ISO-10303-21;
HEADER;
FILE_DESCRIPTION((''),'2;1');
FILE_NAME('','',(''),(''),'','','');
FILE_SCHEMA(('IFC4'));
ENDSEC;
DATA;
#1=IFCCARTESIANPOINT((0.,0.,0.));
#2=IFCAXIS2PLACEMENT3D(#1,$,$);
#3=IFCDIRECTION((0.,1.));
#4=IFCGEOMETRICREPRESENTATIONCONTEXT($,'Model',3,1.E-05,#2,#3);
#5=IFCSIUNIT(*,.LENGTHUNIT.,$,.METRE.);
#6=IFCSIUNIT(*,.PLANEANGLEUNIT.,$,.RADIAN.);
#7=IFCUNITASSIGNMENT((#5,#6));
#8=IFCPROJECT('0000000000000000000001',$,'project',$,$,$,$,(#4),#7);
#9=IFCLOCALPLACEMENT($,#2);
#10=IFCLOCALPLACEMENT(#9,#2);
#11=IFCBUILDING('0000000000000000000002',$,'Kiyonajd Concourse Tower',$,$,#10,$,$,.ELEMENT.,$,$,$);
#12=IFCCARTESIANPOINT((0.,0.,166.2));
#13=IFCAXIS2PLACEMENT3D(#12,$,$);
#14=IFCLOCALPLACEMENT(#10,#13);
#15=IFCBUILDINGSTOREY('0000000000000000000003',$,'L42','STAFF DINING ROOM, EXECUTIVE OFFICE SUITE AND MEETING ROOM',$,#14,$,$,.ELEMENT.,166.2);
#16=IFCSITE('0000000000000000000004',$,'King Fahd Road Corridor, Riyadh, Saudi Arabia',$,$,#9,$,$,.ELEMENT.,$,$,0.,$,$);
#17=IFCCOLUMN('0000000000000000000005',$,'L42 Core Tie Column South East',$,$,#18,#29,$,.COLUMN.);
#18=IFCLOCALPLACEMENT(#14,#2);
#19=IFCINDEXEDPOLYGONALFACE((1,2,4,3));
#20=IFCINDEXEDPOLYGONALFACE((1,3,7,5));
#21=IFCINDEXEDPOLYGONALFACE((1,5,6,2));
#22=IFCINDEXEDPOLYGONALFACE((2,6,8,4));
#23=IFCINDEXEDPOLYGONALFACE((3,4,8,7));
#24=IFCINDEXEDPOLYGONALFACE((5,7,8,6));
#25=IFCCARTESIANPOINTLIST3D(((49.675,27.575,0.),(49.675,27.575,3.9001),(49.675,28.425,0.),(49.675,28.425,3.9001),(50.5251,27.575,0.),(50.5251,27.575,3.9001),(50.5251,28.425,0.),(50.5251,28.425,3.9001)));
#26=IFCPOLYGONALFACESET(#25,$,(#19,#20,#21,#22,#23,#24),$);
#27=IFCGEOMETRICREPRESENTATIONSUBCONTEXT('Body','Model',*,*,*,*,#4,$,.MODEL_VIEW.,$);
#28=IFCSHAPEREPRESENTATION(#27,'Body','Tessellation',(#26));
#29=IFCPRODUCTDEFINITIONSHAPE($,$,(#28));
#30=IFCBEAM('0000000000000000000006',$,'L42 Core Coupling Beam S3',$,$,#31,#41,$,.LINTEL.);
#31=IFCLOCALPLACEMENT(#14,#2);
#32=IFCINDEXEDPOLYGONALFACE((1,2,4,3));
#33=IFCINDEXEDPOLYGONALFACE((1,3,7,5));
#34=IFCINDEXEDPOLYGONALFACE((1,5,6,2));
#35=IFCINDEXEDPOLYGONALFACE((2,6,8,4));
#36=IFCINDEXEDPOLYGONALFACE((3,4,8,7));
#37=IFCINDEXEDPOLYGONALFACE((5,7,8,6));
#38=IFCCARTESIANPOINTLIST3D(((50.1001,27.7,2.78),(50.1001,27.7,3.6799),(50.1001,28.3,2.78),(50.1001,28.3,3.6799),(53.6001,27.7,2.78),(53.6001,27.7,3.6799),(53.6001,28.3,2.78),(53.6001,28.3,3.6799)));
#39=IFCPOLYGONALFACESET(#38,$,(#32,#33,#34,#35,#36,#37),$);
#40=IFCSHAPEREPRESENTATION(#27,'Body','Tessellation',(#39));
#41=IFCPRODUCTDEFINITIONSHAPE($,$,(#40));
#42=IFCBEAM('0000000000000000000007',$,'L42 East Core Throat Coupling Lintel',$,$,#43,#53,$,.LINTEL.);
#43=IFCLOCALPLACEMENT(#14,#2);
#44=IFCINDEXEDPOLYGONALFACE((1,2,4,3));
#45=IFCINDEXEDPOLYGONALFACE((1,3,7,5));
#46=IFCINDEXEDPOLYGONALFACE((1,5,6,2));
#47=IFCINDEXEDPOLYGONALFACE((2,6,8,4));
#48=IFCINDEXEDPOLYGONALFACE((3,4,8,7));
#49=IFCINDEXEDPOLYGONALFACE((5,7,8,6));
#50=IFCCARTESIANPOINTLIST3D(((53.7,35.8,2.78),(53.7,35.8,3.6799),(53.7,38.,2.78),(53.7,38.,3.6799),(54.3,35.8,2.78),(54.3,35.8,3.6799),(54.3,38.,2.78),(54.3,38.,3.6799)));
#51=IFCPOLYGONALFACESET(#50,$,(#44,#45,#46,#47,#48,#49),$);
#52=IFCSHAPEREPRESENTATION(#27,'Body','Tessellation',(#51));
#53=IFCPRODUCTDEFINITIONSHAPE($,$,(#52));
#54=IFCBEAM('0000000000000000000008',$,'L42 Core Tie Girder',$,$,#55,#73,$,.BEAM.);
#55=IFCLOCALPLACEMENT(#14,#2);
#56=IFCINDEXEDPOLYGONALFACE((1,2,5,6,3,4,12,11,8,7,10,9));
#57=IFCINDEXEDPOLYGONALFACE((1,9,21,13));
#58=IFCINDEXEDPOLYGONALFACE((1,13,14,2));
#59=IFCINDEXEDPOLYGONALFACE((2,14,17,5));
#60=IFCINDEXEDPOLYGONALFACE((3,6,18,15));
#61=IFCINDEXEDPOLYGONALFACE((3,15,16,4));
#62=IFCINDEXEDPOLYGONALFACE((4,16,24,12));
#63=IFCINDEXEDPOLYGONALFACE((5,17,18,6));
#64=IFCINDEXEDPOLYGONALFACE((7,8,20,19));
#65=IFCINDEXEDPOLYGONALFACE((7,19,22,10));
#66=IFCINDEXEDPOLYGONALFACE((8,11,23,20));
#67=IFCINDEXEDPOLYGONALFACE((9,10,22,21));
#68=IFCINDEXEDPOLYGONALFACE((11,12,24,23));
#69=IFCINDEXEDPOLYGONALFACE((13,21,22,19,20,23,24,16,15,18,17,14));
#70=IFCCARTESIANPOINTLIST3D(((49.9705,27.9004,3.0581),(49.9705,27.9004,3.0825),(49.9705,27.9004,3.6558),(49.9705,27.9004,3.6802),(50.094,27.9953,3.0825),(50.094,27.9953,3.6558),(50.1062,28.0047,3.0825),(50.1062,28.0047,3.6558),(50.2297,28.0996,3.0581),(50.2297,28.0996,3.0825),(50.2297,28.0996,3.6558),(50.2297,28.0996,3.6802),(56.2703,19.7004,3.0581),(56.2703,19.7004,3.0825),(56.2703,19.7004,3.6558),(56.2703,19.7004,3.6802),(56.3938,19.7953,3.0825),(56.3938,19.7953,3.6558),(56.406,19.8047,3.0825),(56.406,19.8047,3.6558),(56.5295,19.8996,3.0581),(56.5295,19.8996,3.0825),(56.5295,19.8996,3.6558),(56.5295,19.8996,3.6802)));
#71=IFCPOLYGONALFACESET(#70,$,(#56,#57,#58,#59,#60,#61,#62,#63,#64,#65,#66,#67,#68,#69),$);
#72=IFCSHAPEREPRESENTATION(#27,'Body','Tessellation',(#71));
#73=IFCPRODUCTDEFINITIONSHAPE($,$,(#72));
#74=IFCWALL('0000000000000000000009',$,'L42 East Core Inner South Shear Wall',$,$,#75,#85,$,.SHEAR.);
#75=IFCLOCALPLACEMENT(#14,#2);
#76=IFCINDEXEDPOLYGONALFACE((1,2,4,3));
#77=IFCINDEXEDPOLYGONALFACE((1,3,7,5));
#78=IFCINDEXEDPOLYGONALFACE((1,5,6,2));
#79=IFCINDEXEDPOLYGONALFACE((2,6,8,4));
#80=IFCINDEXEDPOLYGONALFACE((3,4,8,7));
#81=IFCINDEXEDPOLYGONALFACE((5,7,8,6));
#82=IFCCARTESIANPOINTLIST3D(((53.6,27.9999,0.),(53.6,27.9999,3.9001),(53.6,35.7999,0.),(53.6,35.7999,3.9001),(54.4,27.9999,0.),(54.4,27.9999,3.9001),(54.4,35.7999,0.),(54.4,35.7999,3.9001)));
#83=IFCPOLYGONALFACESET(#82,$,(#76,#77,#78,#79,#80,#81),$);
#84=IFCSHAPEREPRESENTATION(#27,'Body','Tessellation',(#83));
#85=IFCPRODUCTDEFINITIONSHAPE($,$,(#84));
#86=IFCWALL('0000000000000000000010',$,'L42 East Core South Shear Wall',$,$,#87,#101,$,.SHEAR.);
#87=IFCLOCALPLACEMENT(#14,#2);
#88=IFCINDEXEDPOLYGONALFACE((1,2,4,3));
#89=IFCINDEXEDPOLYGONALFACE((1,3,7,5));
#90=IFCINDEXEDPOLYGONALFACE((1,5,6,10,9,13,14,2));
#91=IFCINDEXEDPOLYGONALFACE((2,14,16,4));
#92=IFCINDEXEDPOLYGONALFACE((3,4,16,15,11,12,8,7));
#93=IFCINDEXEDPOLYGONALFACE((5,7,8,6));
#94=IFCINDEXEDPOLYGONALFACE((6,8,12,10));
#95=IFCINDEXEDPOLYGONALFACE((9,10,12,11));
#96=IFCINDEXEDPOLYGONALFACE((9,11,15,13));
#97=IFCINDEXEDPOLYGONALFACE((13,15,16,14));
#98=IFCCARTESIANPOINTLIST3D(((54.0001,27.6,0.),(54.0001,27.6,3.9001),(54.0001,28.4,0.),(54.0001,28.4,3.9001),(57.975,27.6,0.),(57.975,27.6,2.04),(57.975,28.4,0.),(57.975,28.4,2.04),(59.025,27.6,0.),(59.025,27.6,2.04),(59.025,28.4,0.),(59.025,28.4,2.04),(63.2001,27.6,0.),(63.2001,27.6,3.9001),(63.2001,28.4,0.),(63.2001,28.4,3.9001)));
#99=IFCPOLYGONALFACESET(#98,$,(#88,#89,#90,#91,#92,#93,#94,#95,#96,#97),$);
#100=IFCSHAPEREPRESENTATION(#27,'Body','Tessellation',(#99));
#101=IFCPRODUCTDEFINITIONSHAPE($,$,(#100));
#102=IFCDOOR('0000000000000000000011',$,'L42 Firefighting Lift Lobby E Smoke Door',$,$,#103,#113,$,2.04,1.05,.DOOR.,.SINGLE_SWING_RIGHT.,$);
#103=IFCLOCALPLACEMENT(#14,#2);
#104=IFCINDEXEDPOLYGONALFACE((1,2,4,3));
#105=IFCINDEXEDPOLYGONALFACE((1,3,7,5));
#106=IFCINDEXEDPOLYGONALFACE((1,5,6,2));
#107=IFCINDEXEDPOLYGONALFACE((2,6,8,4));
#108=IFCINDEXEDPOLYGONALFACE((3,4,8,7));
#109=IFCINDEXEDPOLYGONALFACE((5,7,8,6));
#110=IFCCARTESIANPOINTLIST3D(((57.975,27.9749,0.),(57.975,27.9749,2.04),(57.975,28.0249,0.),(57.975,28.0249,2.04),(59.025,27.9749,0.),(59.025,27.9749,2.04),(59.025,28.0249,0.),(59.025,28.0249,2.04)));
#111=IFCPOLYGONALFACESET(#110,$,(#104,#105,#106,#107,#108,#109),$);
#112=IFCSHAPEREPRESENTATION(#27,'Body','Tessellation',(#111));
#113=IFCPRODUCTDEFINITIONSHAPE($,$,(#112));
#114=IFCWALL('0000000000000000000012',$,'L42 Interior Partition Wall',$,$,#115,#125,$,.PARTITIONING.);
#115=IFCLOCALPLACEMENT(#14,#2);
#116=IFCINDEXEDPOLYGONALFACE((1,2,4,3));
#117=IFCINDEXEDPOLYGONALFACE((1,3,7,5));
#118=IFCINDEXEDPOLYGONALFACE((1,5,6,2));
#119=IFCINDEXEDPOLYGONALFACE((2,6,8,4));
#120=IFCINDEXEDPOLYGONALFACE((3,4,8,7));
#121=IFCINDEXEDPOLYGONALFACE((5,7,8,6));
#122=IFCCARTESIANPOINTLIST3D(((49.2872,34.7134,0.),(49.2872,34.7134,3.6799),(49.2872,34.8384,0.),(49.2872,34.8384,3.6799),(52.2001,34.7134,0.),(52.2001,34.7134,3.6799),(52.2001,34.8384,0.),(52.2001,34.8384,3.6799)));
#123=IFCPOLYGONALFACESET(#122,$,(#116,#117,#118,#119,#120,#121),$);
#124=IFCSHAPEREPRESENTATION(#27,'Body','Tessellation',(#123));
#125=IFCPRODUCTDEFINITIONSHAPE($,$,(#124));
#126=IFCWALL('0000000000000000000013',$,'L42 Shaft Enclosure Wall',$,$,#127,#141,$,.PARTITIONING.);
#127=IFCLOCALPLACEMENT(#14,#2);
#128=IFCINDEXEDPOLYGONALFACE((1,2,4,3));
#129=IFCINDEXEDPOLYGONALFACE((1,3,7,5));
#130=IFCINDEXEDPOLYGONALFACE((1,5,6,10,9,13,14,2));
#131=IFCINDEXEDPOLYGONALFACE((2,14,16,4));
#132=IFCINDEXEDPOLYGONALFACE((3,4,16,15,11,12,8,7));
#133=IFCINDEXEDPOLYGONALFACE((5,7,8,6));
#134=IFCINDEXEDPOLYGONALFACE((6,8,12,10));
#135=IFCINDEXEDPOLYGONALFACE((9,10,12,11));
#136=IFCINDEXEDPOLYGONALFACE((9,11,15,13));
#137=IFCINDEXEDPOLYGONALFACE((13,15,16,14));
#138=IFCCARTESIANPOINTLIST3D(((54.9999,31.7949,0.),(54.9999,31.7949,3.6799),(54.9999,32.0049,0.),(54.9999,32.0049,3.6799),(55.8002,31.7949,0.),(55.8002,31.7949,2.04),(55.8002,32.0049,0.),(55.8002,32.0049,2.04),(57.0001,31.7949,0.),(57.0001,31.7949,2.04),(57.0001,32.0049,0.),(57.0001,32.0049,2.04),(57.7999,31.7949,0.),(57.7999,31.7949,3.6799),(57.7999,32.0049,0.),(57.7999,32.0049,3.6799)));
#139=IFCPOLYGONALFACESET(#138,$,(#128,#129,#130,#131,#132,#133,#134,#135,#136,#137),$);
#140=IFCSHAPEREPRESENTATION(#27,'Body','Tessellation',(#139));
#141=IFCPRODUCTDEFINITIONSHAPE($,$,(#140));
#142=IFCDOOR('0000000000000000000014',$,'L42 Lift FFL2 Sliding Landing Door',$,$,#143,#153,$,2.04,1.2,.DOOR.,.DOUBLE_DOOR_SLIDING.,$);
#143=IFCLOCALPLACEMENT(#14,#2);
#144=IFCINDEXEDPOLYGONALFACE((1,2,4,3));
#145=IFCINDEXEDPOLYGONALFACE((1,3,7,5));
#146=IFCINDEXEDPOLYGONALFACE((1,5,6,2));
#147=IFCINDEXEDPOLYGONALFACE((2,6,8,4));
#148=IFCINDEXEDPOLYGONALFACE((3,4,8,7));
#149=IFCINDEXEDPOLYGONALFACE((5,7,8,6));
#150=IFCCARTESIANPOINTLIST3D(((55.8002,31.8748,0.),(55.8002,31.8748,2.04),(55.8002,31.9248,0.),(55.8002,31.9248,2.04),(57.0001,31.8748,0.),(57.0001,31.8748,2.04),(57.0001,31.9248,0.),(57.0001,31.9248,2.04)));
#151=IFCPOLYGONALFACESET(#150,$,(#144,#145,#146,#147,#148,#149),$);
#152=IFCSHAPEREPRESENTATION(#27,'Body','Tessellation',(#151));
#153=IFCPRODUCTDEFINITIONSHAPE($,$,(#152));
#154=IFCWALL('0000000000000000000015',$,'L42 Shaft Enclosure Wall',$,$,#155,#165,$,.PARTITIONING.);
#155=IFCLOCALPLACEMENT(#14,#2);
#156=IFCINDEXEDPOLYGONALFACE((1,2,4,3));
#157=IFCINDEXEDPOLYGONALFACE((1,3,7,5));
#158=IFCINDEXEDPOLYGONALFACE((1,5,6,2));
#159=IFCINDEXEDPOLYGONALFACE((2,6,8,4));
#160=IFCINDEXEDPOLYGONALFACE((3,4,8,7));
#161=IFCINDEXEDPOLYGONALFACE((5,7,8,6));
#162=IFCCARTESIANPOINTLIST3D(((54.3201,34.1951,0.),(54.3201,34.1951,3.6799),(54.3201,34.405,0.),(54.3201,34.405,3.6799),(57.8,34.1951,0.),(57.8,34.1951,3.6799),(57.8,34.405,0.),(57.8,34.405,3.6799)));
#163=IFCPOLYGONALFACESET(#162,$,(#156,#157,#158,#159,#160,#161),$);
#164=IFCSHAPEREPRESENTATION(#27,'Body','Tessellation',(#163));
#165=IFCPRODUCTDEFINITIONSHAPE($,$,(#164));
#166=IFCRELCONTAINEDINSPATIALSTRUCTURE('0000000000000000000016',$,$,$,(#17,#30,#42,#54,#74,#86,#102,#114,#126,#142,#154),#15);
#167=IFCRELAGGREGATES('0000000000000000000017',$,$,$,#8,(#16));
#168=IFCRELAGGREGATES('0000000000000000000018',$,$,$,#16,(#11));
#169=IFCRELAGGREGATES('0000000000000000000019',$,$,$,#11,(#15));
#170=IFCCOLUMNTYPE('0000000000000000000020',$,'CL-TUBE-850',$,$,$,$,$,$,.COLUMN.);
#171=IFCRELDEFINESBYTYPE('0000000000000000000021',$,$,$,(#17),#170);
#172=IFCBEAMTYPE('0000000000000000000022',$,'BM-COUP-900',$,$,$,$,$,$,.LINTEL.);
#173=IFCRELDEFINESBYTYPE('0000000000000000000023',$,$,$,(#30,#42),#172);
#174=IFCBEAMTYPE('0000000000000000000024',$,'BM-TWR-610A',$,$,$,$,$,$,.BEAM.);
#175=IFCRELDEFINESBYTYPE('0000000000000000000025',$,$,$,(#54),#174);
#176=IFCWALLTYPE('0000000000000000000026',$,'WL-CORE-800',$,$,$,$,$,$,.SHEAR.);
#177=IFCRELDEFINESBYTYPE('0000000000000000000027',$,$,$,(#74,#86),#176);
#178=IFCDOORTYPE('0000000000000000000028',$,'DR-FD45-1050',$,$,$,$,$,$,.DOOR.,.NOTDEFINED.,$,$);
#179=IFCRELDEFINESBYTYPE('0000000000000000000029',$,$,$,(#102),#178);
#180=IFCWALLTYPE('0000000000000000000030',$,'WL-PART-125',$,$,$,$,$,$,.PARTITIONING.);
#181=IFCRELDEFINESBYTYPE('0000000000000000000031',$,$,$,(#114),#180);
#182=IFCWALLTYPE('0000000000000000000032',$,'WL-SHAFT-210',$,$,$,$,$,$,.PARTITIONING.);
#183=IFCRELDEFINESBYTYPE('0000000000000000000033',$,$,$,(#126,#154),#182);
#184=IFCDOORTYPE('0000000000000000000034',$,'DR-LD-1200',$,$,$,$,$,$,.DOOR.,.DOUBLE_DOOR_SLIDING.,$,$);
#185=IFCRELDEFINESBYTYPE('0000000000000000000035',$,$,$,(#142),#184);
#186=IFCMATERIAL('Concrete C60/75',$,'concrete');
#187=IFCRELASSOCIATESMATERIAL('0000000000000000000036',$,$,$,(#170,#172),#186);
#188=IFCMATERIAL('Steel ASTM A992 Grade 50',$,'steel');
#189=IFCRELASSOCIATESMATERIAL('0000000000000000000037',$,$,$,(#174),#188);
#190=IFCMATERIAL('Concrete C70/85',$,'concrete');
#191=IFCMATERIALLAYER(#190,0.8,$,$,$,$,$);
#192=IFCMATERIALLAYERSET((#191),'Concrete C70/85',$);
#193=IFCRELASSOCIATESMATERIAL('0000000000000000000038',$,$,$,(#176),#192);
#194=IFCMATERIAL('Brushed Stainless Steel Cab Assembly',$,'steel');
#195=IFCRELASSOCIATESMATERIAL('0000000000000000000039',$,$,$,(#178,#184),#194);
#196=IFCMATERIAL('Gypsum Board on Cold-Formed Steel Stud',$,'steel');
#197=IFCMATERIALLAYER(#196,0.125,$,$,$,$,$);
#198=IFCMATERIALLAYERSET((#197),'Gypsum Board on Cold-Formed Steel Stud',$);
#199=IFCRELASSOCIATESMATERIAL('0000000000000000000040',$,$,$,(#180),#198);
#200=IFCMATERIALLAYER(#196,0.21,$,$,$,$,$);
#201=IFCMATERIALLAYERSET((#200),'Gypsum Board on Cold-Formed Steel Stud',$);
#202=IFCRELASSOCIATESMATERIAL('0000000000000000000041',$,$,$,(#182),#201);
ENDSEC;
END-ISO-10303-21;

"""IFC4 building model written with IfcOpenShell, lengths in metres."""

from ifc_helpers import new_model, si_unit, direction, frame, frame_2d, origin, origin_2d, place, context, subcontext, project, spatial, rectangle, i_section, extrude, material, layer, layer_set, material_profile, profile_set, type_object, element, fill, save


model = new_model("IFC4")

# Units and contexts
model_context = context("Model", 3, precision=1e-05, world=origin(), true_north=direction((0.0, 1.0)))
body_context = subcontext(model_context, "Body", "Model", "MODEL_VIEW")
ifc_project = project(units=[si_unit("LENGTHUNIT", "METRE"), si_unit("PLANEANGLEUNIT", "RADIAN")], contexts=[model_context])

# Site, building, storey
site_placement = place(None, origin())
site = spatial("IfcSite", under=ifc_project, at=site_placement, Name="King Fahd Road Corridor, Riyadh, Saudi Arabia", CompositionType="ELEMENT", RefElevation=0.0)
building_placement = place(site_placement, origin())
building = spatial("IfcBuilding", under=site, at=building_placement, Name="Kiyonajd Concourse Tower", CompositionType="ELEMENT")
storey_placement = place(building_placement, frame((0.0, 0.0, 166.2)))
storey = spatial("IfcBuildingStorey", under=building, at=storey_placement, Name="L42", Description="STAFF DINING ROOM, EXECUTIVE OFFICE SUITE AND MEETING ROOM", CompositionType="ELEMENT", Elevation=166.2)

# Column
ifc_material_1 = material(Name="Concrete C60/75", Category="concrete")
ifc_material_profile_1 = material_profile(ifc_material_1, rectangle(XDim=0.8501, YDim=0.8501, at=origin_2d()), Name="RC-850x850")
ifc_profile_set_1 = profile_set([ifc_material_profile_1], Name="Concrete C60/75")
column_type = type_object("IfcColumnType", Name="CL-TUBE-850", PredefinedType="COLUMN", material=ifc_profile_set_1)
column_placement = place(storey_placement, frame((50.1001, 28.0, 0.0), z_axis=(0.0, 0.0, 1.0), x_axis=(1.0, 0.0, 0.0)))
element("IfcColumn", 1, at=column_placement, inside=storey, type_object=column_type, Name="L42 Core Tie Column South East", PredefinedType="COLUMN", context=body_context, shape_type="SweptSolid", body=[
    extrude(rectangle(XDim=0.8501, YDim=0.8501, at=origin_2d()), origin(), (0.0, 0.0, 1.0), 3.9001),
])

# Beams
ifc_material_profile_2 = material_profile(ifc_material_1, rectangle(XDim=0.6001, YDim=0.8999, at=origin_2d()), Name="RCBM-600x900")
ifc_profile_set_2 = profile_set([ifc_material_profile_2], Name="Concrete C60/75")
beam_type_1 = type_object("IfcBeamType", Name="BM-COUP-900", PredefinedType="LINTEL", material=ifc_profile_set_2)
beam_1_placement = place(storey_placement, frame((50.1001, 28.0, 3.23), z_axis=(1.0, 0.0, 0.0), x_axis=(0.0, 1.0, 0.0)))
element("IfcBeam", 2, at=beam_1_placement, inside=storey, type_object=beam_type_1, Name="L42 Core Coupling Beam S3", PredefinedType="LINTEL", context=body_context, shape_type="SweptSolid", body=[
    extrude(rectangle(XDim=0.6001, YDim=0.8999, at=origin_2d()), origin(), (0.0, 0.0, 1.0), 3.5),
])
beam_2_placement = place(storey_placement, frame((54.0, 35.8, 3.23), z_axis=(0.0, 1.0, 0.0), x_axis=(-1.0, 0.0, 0.0)))
element("IfcBeam", 3, at=beam_2_placement, inside=storey, type_object=beam_type_1, Name="L42 East Core Throat Coupling Lintel", PredefinedType="LINTEL", context=body_context, shape_type="SweptSolid", body=[
    extrude(rectangle(XDim=0.6001, YDim=0.8999, at=origin_2d()), origin(), (0.0, 0.0, 1.0), 2.2),
])
ifc_material_2 = material(Name="Steel ASTM A992 Grade 50", Category="steel")
ifc_material_profile_3 = material_profile(ifc_material_2, i_section(OverallWidth=0.3269, OverallDepth=0.6221, WebThickness=0.0154, FlangeThickness=0.0244, at=origin_2d()), Name="W610X195")
ifc_profile_set_3 = profile_set([ifc_material_profile_3], Name="Steel ASTM A992 Grade 50")
beam_type_2 = type_object("IfcBeamType", Name="BM-TWR-610A", PredefinedType="BEAM", material=ifc_profile_set_3)
beam_3_placement = place(storey_placement, frame((50.1001, 28.0, 3.3691), z_axis=(0.609234, -0.792991, 0.0), x_axis=(0.792991, 0.609234, 0.0)))
element("IfcBeam", 4, at=beam_3_placement, inside=storey, type_object=beam_type_2, Name="L42 Core Tie Girder", PredefinedType="BEAM", context=body_context, shape_type="SweptSolid", body=[
    extrude(i_section(OverallWidth=0.3269, OverallDepth=0.6221, WebThickness=0.0154, FlangeThickness=0.0244, at=origin_2d()), origin(), (0.0, 0.0, 1.0), 10.3406),
])

# Wall
ifc_material_3 = material(Name="Concrete C70/85", Category="concrete")
ifc_layer_1 = layer(ifc_material_3, 0.8)
ifc_layer_set_1 = layer_set([ifc_layer_1], Name="Concrete C70/85")
wall_type_1 = type_object("IfcWallType", Name="WL-CORE-800", PredefinedType="SHEAR", material=ifc_layer_set_1)
wall_1_placement = place(storey_placement, frame((54.0, 28.0, 0.0), z_axis=(0.0, 0.0, 1.0), x_axis=(0.0, 1.0, 0.0)))
element("IfcWall", 5, at=wall_1_placement, inside=storey, type_object=wall_type_1, Name="L42 East Core Inner South Shear Wall", PredefinedType="SHEAR", context=body_context, shape_type="SweptSolid", body=[
    extrude(rectangle(XDim=7.8, YDim=0.8, at=frame_2d((3.8999, 0.0))), origin(), (0.0, 0.0, 1.0), 3.9001),
])

# Wall, opening, door
wall_2_placement = place(storey_placement, frame((54.0, 28.0, 0.0), z_axis=(0.0, 0.0, 1.0), x_axis=(1.0, 0.0, 0.0)))
wall_2 = element("IfcWall", 6, at=wall_2_placement, inside=storey, type_object=wall_type_1, Name="L42 East Core South Shear Wall", PredefinedType="SHEAR", context=body_context, shape_type="SweptSolid", body=[
    extrude(rectangle(XDim=9.2, YDim=0.8, at=frame_2d((4.6001, 0.0))), origin(), (0.0, 0.0, 1.0), 3.9001),
])
opening_1_placement = place(wall_2_placement, frame((3.9751, 0.0, 0.0)))
opening_1 = element("IfcOpeningElement", 7, at=opening_1_placement, cuts=wall_2, PredefinedType="OPENING", context=body_context, shape_type="SweptSolid", body=[
    extrude(rectangle(XDim=1.05, YDim=2.04, at=frame_2d((0.5249, 1.02))), frame((0.0, 0.4099, 0.0), z_axis=(0.0, -1.0, 0.0), x_axis=(1.0, 0.0, 0.0)), (0.0, 0.0, 1.0), 0.8201),
])
ifc_material_4 = material(Name="Brushed Stainless Steel Cab Assembly", Category="steel")
door_type_1 = type_object("IfcDoorType", Name="DR-FD45-1050", OperationType="NOTDEFINED", PredefinedType="DOOR", material=ifc_material_4)
door_1_placement = place(opening_1_placement, origin())
door_1 = element("IfcDoor", 8, at=door_1_placement, inside=storey, type_object=door_type_1, Name="L42 Firefighting Lift Lobby E Smoke Door", OperationType="SINGLE_SWING_RIGHT", OverallHeight=2.04, OverallWidth=1.05, PredefinedType="DOOR", context=body_context, shape_type="SweptSolid", body=[
    extrude(rectangle(XDim=1.05, YDim=2.04, at=frame_2d((0.5249, 1.02))), frame((0.0, 0.0249, 0.0), z_axis=(0.0, -1.0, 0.0), x_axis=(1.0, 0.0, 0.0)), (0.0, 0.0, 1.0), 0.05),
])
fill(opening_1, door_1)

# Wall
ifc_material_5 = material(Name="Gypsum Board on Cold-Formed Steel Stud", Category="steel")
ifc_layer_2 = layer(ifc_material_5, 0.125)
ifc_layer_set_2 = layer_set([ifc_layer_2], Name="Gypsum Board on Cold-Formed Steel Stud")
wall_type_2 = type_object("IfcWallType", Name="WL-PART-125", PredefinedType="PARTITIONING", material=ifc_layer_set_2)
wall_3_placement = place(storey_placement, frame((49.2871, 34.7759, 0.0), z_axis=(0.0, 0.0, 1.0), x_axis=(1.0, 0.0, 0.0)))
element("IfcWall", 9, at=wall_3_placement, inside=storey, type_object=wall_type_2, Name="L42 Interior Partition Wall", PredefinedType="PARTITIONING", context=body_context, shape_type="SweptSolid", body=[
    extrude(rectangle(XDim=2.9128, YDim=0.125, at=frame_2d((1.4565, 0.0))), origin(), (0.0, 0.0, 1.0), 3.6799),
])

# Wall, opening, door
ifc_layer_3 = layer(ifc_material_5, 0.21)
ifc_layer_set_3 = layer_set([ifc_layer_3], Name="Gypsum Board on Cold-Formed Steel Stud")
wall_type_3 = type_object("IfcWallType", Name="WL-SHAFT-210", PredefinedType="PARTITIONING", material=ifc_layer_set_3)
wall_4_placement = place(storey_placement, frame((55.0, 31.8999, 0.0), z_axis=(0.0, 0.0, 1.0), x_axis=(1.0, 0.0, 0.0)))
wall_4 = element("IfcWall", 10, at=wall_4_placement, inside=storey, type_object=wall_type_3, Name="L42 Shaft Enclosure Wall", PredefinedType="PARTITIONING", context=body_context, shape_type="SweptSolid", body=[
    extrude(rectangle(XDim=2.8, YDim=0.21, at=frame_2d((1.3999, 0.0))), origin(), (0.0, 0.0, 1.0), 3.6799),
])
opening_2_placement = place(wall_4_placement, frame((0.8, 0.0, 0.0)))
opening_2 = element("IfcOpeningElement", 11, at=opening_2_placement, cuts=wall_4, PredefinedType="OPENING", context=body_context, shape_type="SweptSolid", body=[
    extrude(rectangle(XDim=1.2, YDim=2.04, at=frame_2d((0.6001, 1.02))), frame((0.0, 0.115, 0.0), z_axis=(0.0, -1.0, 0.0), x_axis=(1.0, 0.0, 0.0)), (0.0, 0.0, 1.0), 0.23),
])
door_type_2 = type_object("IfcDoorType", Name="DR-LD-1200", OperationType="DOUBLE_DOOR_SLIDING", PredefinedType="DOOR", material=ifc_material_4)
door_2_placement = place(opening_2_placement, origin())
door_2 = element("IfcDoor", 12, at=door_2_placement, inside=storey, type_object=door_type_2, Name="L42 Lift FFL2 Sliding Landing Door", OperationType="DOUBLE_DOOR_SLIDING", OverallHeight=2.04, OverallWidth=1.2, PredefinedType="DOOR", context=body_context, shape_type="SweptSolid", body=[
    extrude(rectangle(XDim=1.2, YDim=2.04, at=frame_2d((0.6001, 1.02))), frame((0.0, 0.0249, 0.0), z_axis=(0.0, -1.0, 0.0), x_axis=(1.0, 0.0, 0.0)), (0.0, 0.0, 1.0), 0.05),
])
fill(opening_2, door_2)

# Wall
wall_5_placement = place(storey_placement, frame((54.3201, 34.3, 0.0), z_axis=(0.0, 0.0, 1.0), x_axis=(1.0, 0.0, 0.0)))
element("IfcWall", 13, at=wall_5_placement, inside=storey, type_object=wall_type_3, Name="L42 Shaft Enclosure Wall", PredefinedType="PARTITIONING", context=body_context, shape_type="SweptSolid", body=[
    extrude(rectangle(XDim=3.48, YDim=0.21, at=frame_2d((1.74, 0.0))), origin(), (0.0, 0.0, 1.0), 3.6799),
])

save(model, "model.ifc")
